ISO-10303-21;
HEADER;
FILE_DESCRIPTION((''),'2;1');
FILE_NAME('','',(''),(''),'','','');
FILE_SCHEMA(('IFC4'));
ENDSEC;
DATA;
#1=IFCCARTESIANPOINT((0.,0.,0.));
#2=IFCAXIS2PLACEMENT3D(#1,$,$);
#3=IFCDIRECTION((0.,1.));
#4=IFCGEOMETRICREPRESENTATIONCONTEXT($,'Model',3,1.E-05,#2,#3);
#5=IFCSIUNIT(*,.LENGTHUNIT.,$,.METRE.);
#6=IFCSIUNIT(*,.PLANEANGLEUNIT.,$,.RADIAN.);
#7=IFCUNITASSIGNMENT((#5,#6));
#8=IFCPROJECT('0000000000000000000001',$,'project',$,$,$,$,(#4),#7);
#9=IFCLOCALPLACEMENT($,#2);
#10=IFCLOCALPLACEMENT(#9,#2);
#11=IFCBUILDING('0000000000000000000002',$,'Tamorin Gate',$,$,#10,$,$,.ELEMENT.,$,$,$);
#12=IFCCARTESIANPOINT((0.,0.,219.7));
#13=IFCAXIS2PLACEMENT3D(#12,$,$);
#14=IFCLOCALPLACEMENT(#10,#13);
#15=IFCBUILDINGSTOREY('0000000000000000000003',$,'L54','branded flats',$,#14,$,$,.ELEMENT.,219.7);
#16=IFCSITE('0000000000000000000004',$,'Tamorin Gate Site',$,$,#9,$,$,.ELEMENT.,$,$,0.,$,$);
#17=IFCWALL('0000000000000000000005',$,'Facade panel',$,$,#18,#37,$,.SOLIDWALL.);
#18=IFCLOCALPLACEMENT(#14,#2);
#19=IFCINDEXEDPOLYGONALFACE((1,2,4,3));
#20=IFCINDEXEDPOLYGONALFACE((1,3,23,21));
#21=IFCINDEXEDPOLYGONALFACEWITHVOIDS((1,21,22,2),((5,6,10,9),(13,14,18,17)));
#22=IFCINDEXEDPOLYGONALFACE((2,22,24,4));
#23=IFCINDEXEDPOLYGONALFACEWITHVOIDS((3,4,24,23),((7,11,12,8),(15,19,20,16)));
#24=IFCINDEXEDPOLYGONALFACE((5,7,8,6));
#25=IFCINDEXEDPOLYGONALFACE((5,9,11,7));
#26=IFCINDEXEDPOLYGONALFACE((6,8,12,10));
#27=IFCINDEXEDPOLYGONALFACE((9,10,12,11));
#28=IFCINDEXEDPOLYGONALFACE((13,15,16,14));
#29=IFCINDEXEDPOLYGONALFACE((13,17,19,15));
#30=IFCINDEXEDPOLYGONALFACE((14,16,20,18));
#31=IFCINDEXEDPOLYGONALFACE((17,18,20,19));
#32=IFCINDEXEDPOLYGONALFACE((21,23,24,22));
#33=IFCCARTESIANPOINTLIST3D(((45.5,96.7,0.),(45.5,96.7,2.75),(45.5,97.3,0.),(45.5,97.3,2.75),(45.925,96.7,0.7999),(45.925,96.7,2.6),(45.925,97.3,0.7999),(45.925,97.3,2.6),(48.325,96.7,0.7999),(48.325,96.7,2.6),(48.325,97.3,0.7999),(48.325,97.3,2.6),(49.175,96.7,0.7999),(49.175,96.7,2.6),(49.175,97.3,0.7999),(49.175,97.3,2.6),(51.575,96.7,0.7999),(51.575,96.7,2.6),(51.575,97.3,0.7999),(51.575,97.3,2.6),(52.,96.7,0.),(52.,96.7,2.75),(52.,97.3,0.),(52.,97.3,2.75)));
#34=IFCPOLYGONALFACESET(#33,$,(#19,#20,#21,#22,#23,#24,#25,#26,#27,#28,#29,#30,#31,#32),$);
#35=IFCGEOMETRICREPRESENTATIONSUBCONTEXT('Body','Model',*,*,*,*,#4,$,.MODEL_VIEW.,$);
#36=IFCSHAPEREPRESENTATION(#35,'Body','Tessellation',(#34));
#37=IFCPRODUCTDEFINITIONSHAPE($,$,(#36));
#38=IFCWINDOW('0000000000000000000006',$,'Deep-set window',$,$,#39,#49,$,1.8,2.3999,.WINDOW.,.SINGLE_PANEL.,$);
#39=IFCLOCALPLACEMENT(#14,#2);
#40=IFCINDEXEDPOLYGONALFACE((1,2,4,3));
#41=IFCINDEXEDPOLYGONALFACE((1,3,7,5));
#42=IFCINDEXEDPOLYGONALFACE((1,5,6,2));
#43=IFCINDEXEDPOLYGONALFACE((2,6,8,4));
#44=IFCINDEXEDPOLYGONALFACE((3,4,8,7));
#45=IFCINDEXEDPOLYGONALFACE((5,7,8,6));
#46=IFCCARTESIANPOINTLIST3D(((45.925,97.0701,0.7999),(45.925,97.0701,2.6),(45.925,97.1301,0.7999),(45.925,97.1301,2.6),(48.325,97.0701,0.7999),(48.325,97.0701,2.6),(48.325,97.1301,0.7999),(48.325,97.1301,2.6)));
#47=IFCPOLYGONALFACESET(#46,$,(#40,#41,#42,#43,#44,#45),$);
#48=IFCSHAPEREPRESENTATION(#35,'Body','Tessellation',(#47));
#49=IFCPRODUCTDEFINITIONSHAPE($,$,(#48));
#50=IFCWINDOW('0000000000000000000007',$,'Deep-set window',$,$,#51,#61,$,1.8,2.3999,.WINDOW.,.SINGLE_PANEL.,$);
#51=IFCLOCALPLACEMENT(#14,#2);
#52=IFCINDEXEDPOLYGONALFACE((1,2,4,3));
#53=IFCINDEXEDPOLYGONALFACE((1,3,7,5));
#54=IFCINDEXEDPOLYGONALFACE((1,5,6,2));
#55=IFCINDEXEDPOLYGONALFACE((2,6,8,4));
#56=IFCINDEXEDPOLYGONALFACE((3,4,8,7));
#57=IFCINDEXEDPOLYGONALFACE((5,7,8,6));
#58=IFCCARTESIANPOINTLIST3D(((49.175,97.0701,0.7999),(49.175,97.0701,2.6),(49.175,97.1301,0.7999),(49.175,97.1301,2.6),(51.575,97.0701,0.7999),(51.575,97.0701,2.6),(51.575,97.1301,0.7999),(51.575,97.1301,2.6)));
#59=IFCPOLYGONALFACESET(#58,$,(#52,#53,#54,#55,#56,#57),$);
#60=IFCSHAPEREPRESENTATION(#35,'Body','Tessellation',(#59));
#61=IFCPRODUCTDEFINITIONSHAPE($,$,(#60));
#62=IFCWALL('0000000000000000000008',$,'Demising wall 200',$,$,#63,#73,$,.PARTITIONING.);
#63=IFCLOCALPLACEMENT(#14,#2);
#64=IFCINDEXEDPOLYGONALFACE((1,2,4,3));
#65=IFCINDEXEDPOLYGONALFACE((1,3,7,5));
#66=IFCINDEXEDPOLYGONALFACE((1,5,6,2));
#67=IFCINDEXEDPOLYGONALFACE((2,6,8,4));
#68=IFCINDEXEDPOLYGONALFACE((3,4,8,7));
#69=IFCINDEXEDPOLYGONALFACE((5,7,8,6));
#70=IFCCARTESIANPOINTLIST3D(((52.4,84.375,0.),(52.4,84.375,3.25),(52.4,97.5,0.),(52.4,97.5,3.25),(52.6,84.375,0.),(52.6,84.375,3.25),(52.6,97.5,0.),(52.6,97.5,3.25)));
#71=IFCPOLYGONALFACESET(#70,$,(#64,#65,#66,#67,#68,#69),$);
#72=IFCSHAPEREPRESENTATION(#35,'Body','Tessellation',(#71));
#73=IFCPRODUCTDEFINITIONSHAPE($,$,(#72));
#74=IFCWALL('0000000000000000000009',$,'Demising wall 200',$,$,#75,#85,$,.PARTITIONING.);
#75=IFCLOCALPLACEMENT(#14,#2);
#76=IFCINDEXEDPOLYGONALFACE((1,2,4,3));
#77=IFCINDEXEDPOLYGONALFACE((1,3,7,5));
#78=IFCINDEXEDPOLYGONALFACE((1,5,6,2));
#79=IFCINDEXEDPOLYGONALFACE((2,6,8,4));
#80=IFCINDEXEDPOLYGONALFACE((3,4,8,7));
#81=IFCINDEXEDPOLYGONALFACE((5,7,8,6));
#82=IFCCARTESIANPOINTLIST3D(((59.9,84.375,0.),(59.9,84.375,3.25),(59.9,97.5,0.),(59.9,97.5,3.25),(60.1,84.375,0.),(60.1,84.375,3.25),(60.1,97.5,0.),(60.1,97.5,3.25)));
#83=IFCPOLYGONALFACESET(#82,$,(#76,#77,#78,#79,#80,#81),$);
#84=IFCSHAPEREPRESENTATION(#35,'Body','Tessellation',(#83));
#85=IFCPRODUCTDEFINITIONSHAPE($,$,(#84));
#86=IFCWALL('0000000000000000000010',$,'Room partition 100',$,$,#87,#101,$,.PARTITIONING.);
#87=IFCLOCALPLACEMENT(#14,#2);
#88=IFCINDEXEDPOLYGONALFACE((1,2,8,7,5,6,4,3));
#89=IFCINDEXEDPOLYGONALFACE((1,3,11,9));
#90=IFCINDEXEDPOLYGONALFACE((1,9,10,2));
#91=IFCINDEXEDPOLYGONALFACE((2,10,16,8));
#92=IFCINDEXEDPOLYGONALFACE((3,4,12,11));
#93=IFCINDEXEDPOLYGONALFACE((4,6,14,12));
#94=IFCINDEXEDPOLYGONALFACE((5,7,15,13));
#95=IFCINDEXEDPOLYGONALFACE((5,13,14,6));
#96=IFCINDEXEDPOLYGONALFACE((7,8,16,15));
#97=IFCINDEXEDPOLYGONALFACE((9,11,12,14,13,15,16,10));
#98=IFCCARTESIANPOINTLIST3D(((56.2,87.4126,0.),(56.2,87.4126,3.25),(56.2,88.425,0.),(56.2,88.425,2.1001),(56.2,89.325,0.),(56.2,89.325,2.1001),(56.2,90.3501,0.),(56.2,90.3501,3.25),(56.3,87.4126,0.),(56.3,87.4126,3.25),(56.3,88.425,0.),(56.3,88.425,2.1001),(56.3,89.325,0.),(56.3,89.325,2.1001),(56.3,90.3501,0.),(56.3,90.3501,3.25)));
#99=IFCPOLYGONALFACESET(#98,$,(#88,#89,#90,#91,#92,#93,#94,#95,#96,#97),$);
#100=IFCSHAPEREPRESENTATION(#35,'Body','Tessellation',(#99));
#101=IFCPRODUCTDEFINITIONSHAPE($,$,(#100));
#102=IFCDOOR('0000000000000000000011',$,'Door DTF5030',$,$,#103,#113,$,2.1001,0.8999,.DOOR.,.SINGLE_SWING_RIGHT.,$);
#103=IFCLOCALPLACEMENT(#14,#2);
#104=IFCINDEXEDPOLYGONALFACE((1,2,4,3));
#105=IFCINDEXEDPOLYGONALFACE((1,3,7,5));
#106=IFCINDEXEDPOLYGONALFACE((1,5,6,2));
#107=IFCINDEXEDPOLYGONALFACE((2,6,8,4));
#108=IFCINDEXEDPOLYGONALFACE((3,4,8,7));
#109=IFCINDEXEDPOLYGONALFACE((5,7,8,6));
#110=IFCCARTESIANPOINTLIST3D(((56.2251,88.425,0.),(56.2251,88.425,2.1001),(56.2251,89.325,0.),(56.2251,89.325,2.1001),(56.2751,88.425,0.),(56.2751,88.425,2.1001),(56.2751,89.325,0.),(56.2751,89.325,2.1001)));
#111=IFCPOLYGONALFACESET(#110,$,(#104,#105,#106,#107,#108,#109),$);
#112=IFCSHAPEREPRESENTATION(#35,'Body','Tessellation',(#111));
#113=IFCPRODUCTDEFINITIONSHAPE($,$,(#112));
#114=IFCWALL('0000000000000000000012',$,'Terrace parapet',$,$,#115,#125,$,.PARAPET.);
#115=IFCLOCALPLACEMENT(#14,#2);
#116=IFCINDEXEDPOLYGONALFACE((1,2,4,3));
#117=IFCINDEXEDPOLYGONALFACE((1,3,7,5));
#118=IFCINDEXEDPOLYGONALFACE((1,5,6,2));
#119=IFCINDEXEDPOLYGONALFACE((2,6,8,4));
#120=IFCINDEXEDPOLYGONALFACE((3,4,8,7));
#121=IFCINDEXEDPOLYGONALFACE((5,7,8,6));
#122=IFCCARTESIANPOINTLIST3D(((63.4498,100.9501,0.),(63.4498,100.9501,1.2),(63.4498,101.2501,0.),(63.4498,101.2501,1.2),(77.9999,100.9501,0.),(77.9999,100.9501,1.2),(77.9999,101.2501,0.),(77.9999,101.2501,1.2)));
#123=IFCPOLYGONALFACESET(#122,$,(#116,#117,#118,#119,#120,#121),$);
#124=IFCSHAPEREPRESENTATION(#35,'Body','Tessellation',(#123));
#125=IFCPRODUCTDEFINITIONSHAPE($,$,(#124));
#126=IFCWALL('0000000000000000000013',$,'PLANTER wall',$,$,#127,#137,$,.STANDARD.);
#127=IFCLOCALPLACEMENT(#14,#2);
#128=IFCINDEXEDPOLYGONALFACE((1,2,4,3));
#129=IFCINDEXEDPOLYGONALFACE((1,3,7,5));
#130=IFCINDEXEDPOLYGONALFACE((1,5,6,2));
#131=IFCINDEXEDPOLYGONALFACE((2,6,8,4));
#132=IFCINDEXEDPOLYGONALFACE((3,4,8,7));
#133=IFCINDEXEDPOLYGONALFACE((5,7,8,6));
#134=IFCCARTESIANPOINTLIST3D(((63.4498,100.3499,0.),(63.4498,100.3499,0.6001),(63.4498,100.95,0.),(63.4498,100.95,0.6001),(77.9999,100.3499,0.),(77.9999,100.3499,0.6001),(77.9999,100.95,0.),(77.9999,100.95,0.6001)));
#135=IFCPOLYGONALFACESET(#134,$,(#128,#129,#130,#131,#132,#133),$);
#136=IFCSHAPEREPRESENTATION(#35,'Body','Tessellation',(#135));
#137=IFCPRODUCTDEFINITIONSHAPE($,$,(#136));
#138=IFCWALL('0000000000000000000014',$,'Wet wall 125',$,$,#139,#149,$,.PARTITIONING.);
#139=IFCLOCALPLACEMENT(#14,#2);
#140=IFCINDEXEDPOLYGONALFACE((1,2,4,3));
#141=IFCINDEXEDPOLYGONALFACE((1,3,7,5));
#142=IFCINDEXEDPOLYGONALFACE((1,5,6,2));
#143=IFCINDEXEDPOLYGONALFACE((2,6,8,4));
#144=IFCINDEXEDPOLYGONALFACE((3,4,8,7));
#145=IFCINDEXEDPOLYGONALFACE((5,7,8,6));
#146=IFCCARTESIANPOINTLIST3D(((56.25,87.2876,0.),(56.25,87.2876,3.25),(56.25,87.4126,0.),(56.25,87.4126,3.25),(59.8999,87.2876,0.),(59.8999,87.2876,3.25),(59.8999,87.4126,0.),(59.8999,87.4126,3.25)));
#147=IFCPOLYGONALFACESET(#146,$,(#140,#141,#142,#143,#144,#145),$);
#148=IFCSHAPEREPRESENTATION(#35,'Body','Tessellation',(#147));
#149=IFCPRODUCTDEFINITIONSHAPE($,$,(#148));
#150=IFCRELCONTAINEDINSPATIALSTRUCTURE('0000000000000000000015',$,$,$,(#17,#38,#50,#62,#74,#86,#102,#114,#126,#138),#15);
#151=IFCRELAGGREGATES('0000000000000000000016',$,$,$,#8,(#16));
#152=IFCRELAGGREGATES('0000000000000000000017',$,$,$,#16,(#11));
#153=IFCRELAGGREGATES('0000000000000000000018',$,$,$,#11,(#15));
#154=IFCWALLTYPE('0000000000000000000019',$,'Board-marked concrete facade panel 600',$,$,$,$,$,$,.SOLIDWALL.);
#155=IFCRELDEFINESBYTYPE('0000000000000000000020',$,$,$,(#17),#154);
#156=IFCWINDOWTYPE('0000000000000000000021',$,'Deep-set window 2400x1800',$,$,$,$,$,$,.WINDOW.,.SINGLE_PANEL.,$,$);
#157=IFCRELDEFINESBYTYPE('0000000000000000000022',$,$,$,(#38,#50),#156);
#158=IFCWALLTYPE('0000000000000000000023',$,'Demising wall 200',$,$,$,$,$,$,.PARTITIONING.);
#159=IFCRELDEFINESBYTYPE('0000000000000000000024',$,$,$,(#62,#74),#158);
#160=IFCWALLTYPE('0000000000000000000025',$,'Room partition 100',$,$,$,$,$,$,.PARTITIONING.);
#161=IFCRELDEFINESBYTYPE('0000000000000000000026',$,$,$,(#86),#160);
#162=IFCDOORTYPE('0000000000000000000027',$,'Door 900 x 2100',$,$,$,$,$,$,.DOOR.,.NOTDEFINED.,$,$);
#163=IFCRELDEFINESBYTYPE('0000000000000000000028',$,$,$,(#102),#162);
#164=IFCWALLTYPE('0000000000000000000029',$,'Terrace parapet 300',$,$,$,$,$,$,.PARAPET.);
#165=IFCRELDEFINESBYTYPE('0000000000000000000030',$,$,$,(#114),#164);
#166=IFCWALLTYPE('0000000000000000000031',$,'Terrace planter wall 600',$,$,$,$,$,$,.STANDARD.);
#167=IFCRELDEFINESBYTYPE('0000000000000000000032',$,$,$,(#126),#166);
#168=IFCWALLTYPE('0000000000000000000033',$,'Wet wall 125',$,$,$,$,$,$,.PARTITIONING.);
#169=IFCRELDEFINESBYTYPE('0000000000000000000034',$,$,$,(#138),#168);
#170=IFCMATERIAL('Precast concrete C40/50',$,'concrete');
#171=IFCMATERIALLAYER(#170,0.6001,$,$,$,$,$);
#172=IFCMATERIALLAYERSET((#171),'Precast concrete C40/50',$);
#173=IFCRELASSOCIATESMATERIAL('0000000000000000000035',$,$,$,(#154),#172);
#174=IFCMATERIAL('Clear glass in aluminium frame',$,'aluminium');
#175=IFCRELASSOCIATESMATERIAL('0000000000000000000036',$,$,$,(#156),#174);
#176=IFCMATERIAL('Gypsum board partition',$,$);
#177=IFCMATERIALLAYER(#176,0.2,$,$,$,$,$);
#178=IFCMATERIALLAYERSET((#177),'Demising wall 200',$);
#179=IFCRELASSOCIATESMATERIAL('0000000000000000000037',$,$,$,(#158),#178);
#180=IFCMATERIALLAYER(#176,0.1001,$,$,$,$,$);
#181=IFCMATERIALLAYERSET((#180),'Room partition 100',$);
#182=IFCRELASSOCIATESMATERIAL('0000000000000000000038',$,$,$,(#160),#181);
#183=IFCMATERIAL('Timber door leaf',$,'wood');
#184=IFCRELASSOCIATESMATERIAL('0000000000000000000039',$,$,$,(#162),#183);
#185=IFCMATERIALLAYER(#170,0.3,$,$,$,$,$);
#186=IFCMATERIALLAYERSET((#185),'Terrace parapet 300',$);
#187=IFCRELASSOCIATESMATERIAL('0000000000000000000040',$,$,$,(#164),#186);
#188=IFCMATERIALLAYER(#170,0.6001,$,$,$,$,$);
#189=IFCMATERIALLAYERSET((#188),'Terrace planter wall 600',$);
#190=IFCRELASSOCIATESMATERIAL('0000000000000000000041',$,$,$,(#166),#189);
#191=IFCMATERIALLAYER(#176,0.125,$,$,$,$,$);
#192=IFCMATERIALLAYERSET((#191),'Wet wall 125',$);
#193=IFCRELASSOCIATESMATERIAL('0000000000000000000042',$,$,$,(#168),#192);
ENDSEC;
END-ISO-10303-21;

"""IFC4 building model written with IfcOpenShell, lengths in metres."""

from ifc_helpers import new_model, si_unit, direction, frame, frame_2d, origin, place, context, subcontext, project, spatial, rectangle, extrude, material, layer, layer_set, type_object, element, fill, save


model = new_model("IFC4")

# Units and contexts
model_context = context("Model", 3, precision=1e-05, world=origin(), true_north=direction((0.0, 1.0)))
body_context = subcontext(model_context, "Body", "Model", "MODEL_VIEW")
ifc_project = project(units=[si_unit("LENGTHUNIT", "METRE"), si_unit("PLANEANGLEUNIT", "RADIAN")], contexts=[model_context])

# Site, building, storey
site_placement = place(None, origin())
site = spatial("IfcSite", under=ifc_project, at=site_placement, Name="Tamorin Gate Site", CompositionType="ELEMENT", RefElevation=0.0)
building_placement = place(site_placement, origin())
building = spatial("IfcBuilding", under=site, at=building_placement, Name="Tamorin Gate", CompositionType="ELEMENT")
storey_placement = place(building_placement, frame((0.0, 0.0, 219.7)))
storey = spatial("IfcBuildingStorey", under=building, at=storey_placement, Name="L54", Description="branded flats", CompositionType="ELEMENT", Elevation=219.7)

# Shared definitions
ifc_material_1 = material(Name="Precast concrete C40/50", Category="concrete")
ifc_layer_1 = layer(ifc_material_1, 0.6001)
ifc_layer_set_1 = layer_set([ifc_layer_1], Name="Precast concrete C40/50")
wall_type_1 = type_object("IfcWallType", Name="Board-marked concrete facade panel 600", PredefinedType="SOLIDWALL", material=ifc_layer_set_1)
ifc_material_2 = material(Name="Clear glass in aluminium frame", Category="aluminium")
window_type = type_object("IfcWindowType", Name="Deep-set window 2400x1800", PartitioningType="SINGLE_PANEL", PredefinedType="WINDOW", material=ifc_material_2)

# Wall, openings, windows
wall_1_placement = place(storey_placement, frame((52.0, 97.0, 0.0), z_axis=(0.0, 0.0, 1.0), x_axis=(-1.0, 0.0, 0.0)))
wall_1 = element("IfcWall", 1, at=wall_1_placement, inside=storey, type_object=wall_type_1, Name="Facade panel", PredefinedType="SOLIDWALL", context=body_context, shape_type="SweptSolid", body=[
    extrude(rectangle(XDim=6.5, YDim=0.6001, at=frame_2d((3.25, 0.0))), origin(), (0.0, 0.0, 1.0), 2.75),
])
opening_1_placement = place(wall_1_placement, frame((3.675, 0.0, 0.8)))
opening_1 = element("IfcOpeningElement", 2, at=opening_1_placement, cuts=wall_1, PredefinedType="OPENING", context=body_context, shape_type="SweptSolid", body=[
    extrude(rectangle(XDim=2.3999, YDim=1.8, at=frame_2d((1.2, 0.8999))), frame((0.0, 0.3101, 0.0), z_axis=(0.0, -1.0, 0.0), x_axis=(1.0, 0.0, 0.0)), (0.0, 0.0, 1.0), 0.6201),
])
opening_2_placement = place(wall_1_placement, frame((0.425, 0.0, 0.8)))
opening_2 = element("IfcOpeningElement", 3, at=opening_2_placement, cuts=wall_1, PredefinedType="OPENING", context=body_context, shape_type="SweptSolid", body=[
    extrude(rectangle(XDim=2.3999, YDim=1.8, at=frame_2d((1.2, 0.8999))), frame((0.0, 0.3101, 0.0), z_axis=(0.0, -1.0, 0.0), x_axis=(1.0, 0.0, 0.0)), (0.0, 0.0, 1.0), 0.6201),
])
window_1_placement = place(opening_1_placement, origin())
window_1 = element("IfcWindow", 4, at=window_1_placement, inside=storey, type_object=window_type, Name="Deep-set window", OverallHeight=1.8, OverallWidth=2.3999, PartitioningType="SINGLE_PANEL", PredefinedType="WINDOW", context=body_context, shape_type="SweptSolid", body=[
    extrude(rectangle(XDim=2.3999, YDim=1.8, at=frame_2d((1.2, 0.8999))), frame((0.0, -0.0701, 0.0), z_axis=(0.0, -1.0, 0.0), x_axis=(1.0, 0.0, 0.0)), (0.0, 0.0, 1.0), 0.0601),
])
fill(opening_1, window_1)
window_2_placement = place(opening_2_placement, origin())
window_2 = element("IfcWindow", 5, at=window_2_placement, inside=storey, type_object=window_type, Name="Deep-set window", OverallHeight=1.8, OverallWidth=2.3999, PartitioningType="SINGLE_PANEL", PredefinedType="WINDOW", context=body_context, shape_type="SweptSolid", body=[
    extrude(rectangle(XDim=2.3999, YDim=1.8, at=frame_2d((1.2, 0.8999))), frame((0.0, -0.0701, 0.0), z_axis=(0.0, -1.0, 0.0), x_axis=(1.0, 0.0, 0.0)), (0.0, 0.0, 1.0), 0.0601),
])
fill(opening_2, window_2)

# Walls
ifc_material_3 = material(Name="Gypsum board partition")
ifc_layer_2 = layer(ifc_material_3, 0.2)
ifc_layer_set_2 = layer_set([ifc_layer_2], Name="Demising wall 200")
wall_type_2 = type_object("IfcWallType", Name="Demising wall 200", PredefinedType="PARTITIONING", material=ifc_layer_set_2)
for number, where, z_axis, x_axis, name in (
    (6, (52.5, 84.375, 0.0), (0.0, 0.0, 1.0), (0.0, 1.0, 0.0), "Demising wall 200"),
    (7, (60.0, 84.375, 0.0), (0.0, 0.0, 1.0), (0.0, 1.0, 0.0), "Demising wall 200"),
):
    element("IfcWall", number, at=place(storey_placement, frame(where, z_axis=z_axis, x_axis=x_axis)), inside=storey, type_object=wall_type_2, Name=name, PredefinedType="PARTITIONING", context=body_context, shape_type="SweptSolid", body=[
        extrude(rectangle(XDim=13.125, YDim=0.2, at=frame_2d((6.5625, 0.0))), origin(), (0.0, 0.0, 1.0), 3.25),
    ])

# Wall, opening, door
ifc_layer_3 = layer(ifc_material_3, 0.1001)
ifc_layer_set_3 = layer_set([ifc_layer_3], Name="Room partition 100")
wall_type_3 = type_object("IfcWallType", Name="Room partition 100", PredefinedType="PARTITIONING", material=ifc_layer_set_3)
wall_2_placement = place(storey_placement, frame((56.25, 87.4126, 0.0), z_axis=(0.0, 0.0, 1.0), x_axis=(0.0, 1.0, 0.0)))
wall_2 = element("IfcWall", 8, at=wall_2_placement, inside=storey, type_object=wall_type_3, Name="Room partition 100", PredefinedType="PARTITIONING", context=body_context, shape_type="SweptSolid", body=[
    extrude(rectangle(XDim=2.9375, YDim=0.1001, at=frame_2d((1.4688, 0.0))), origin(), (0.0, 0.0, 1.0), 3.25),
])
opening_3_placement = place(wall_2_placement, frame((1.0125, 0.0, 0.0)))
opening_3 = element("IfcOpeningElement", 9, at=opening_3_placement, cuts=wall_2, PredefinedType="OPENING", context=body_context, shape_type="SweptSolid", body=[
    extrude(rectangle(XDim=0.8999, YDim=2.1001, at=frame_2d((0.45, 1.05))), frame((0.0, 0.0601, 0.0), z_axis=(0.0, -1.0, 0.0), x_axis=(1.0, 0.0, 0.0)), (0.0, 0.0, 1.0), 0.1201),
])
ifc_material_4 = material(Name="Timber door leaf", Category="wood")
door_type_1 = type_object("IfcDoorType", Name="Door 900 x 2100", OperationType="NOTDEFINED", PredefinedType="DOOR", material=ifc_material_4)
door_1_placement = place(opening_3_placement, origin())
door_1 = element("IfcDoor", 10, at=door_1_placement, inside=storey, type_object=door_type_1, Name="Door DTF5030", OperationType="SINGLE_SWING_RIGHT", OverallHeight=2.1001, OverallWidth=0.8999, PredefinedType="DOOR", context=body_context, shape_type="SweptSolid", body=[
    extrude(rectangle(XDim=0.8999, YDim=2.1001, at=frame_2d((0.45, 1.05))), frame((0.0, 0.0249, 0.0), z_axis=(0.0, -1.0, 0.0), x_axis=(1.0, 0.0, 0.0)), (0.0, 0.0, 1.0), 0.05),
])
fill(opening_3, door_1)

# Walls
ifc_layer_4 = layer(ifc_material_1, 0.3)
ifc_layer_set_4 = layer_set([ifc_layer_4], Name="Terrace parapet 300")
wall_type_4 = type_object("IfcWallType", Name="Terrace parapet 300", PredefinedType="PARAPET", material=ifc_layer_set_4)
wall_3_placement = place(storey_placement, frame((63.45, 101.1001, 0.0), z_axis=(0.0, 0.0, 1.0), x_axis=(1.0, 0.0, 0.0)))
element("IfcWall", 11, at=wall_3_placement, inside=storey, type_object=wall_type_4, Name="Terrace parapet", PredefinedType="PARAPET", context=body_context, shape_type="SweptSolid", body=[
    extrude(rectangle(XDim=14.55, YDim=0.3, at=frame_2d((7.2749, 0.0))), origin(), (0.0, 0.0, 1.0), 1.2),
])
ifc_layer_5 = layer(ifc_material_1, 0.6001)
ifc_layer_set_5 = layer_set([ifc_layer_5], Name="Terrace planter wall 600")
wall_type_5 = type_object("IfcWallType", Name="Terrace planter wall 600", PredefinedType="STANDARD", material=ifc_layer_set_5)
wall_4_placement = place(storey_placement, frame((63.45, 100.6499, 0.0), z_axis=(0.0, 0.0, 1.0), x_axis=(1.0, 0.0, 0.0)))
element("IfcWall", 12, at=wall_4_placement, inside=storey, type_object=wall_type_5, Name="PLANTER wall", PredefinedType="STANDARD", context=body_context, shape_type="SweptSolid", body=[
    extrude(rectangle(XDim=14.55, YDim=0.6001, at=frame_2d((7.2749, 0.0))), origin(), (0.0, 0.0, 1.0), 0.6001),
])
ifc_layer_6 = layer(ifc_material_3, 0.125)
ifc_layer_set_6 = layer_set([ifc_layer_6], Name="Wet wall 125")
wall_type_6 = type_object("IfcWallType", Name="Wet wall 125", PredefinedType="PARTITIONING", material=ifc_layer_set_6)
wall_5_placement = place(storey_placement, frame((56.25, 87.3501, 0.0), z_axis=(0.0, 0.0, 1.0), x_axis=(1.0, 0.0, 0.0)))
element("IfcWall", 13, at=wall_5_placement, inside=storey, type_object=wall_type_6, Name="Wet wall 125", PredefinedType="PARTITIONING", context=body_context, shape_type="SweptSolid", body=[
    extrude(rectangle(XDim=3.6499, YDim=0.125, at=frame_2d((1.825, 0.0))), origin(), (0.0, 0.0, 1.0), 3.25),
])

save(model, "model.ifc")
